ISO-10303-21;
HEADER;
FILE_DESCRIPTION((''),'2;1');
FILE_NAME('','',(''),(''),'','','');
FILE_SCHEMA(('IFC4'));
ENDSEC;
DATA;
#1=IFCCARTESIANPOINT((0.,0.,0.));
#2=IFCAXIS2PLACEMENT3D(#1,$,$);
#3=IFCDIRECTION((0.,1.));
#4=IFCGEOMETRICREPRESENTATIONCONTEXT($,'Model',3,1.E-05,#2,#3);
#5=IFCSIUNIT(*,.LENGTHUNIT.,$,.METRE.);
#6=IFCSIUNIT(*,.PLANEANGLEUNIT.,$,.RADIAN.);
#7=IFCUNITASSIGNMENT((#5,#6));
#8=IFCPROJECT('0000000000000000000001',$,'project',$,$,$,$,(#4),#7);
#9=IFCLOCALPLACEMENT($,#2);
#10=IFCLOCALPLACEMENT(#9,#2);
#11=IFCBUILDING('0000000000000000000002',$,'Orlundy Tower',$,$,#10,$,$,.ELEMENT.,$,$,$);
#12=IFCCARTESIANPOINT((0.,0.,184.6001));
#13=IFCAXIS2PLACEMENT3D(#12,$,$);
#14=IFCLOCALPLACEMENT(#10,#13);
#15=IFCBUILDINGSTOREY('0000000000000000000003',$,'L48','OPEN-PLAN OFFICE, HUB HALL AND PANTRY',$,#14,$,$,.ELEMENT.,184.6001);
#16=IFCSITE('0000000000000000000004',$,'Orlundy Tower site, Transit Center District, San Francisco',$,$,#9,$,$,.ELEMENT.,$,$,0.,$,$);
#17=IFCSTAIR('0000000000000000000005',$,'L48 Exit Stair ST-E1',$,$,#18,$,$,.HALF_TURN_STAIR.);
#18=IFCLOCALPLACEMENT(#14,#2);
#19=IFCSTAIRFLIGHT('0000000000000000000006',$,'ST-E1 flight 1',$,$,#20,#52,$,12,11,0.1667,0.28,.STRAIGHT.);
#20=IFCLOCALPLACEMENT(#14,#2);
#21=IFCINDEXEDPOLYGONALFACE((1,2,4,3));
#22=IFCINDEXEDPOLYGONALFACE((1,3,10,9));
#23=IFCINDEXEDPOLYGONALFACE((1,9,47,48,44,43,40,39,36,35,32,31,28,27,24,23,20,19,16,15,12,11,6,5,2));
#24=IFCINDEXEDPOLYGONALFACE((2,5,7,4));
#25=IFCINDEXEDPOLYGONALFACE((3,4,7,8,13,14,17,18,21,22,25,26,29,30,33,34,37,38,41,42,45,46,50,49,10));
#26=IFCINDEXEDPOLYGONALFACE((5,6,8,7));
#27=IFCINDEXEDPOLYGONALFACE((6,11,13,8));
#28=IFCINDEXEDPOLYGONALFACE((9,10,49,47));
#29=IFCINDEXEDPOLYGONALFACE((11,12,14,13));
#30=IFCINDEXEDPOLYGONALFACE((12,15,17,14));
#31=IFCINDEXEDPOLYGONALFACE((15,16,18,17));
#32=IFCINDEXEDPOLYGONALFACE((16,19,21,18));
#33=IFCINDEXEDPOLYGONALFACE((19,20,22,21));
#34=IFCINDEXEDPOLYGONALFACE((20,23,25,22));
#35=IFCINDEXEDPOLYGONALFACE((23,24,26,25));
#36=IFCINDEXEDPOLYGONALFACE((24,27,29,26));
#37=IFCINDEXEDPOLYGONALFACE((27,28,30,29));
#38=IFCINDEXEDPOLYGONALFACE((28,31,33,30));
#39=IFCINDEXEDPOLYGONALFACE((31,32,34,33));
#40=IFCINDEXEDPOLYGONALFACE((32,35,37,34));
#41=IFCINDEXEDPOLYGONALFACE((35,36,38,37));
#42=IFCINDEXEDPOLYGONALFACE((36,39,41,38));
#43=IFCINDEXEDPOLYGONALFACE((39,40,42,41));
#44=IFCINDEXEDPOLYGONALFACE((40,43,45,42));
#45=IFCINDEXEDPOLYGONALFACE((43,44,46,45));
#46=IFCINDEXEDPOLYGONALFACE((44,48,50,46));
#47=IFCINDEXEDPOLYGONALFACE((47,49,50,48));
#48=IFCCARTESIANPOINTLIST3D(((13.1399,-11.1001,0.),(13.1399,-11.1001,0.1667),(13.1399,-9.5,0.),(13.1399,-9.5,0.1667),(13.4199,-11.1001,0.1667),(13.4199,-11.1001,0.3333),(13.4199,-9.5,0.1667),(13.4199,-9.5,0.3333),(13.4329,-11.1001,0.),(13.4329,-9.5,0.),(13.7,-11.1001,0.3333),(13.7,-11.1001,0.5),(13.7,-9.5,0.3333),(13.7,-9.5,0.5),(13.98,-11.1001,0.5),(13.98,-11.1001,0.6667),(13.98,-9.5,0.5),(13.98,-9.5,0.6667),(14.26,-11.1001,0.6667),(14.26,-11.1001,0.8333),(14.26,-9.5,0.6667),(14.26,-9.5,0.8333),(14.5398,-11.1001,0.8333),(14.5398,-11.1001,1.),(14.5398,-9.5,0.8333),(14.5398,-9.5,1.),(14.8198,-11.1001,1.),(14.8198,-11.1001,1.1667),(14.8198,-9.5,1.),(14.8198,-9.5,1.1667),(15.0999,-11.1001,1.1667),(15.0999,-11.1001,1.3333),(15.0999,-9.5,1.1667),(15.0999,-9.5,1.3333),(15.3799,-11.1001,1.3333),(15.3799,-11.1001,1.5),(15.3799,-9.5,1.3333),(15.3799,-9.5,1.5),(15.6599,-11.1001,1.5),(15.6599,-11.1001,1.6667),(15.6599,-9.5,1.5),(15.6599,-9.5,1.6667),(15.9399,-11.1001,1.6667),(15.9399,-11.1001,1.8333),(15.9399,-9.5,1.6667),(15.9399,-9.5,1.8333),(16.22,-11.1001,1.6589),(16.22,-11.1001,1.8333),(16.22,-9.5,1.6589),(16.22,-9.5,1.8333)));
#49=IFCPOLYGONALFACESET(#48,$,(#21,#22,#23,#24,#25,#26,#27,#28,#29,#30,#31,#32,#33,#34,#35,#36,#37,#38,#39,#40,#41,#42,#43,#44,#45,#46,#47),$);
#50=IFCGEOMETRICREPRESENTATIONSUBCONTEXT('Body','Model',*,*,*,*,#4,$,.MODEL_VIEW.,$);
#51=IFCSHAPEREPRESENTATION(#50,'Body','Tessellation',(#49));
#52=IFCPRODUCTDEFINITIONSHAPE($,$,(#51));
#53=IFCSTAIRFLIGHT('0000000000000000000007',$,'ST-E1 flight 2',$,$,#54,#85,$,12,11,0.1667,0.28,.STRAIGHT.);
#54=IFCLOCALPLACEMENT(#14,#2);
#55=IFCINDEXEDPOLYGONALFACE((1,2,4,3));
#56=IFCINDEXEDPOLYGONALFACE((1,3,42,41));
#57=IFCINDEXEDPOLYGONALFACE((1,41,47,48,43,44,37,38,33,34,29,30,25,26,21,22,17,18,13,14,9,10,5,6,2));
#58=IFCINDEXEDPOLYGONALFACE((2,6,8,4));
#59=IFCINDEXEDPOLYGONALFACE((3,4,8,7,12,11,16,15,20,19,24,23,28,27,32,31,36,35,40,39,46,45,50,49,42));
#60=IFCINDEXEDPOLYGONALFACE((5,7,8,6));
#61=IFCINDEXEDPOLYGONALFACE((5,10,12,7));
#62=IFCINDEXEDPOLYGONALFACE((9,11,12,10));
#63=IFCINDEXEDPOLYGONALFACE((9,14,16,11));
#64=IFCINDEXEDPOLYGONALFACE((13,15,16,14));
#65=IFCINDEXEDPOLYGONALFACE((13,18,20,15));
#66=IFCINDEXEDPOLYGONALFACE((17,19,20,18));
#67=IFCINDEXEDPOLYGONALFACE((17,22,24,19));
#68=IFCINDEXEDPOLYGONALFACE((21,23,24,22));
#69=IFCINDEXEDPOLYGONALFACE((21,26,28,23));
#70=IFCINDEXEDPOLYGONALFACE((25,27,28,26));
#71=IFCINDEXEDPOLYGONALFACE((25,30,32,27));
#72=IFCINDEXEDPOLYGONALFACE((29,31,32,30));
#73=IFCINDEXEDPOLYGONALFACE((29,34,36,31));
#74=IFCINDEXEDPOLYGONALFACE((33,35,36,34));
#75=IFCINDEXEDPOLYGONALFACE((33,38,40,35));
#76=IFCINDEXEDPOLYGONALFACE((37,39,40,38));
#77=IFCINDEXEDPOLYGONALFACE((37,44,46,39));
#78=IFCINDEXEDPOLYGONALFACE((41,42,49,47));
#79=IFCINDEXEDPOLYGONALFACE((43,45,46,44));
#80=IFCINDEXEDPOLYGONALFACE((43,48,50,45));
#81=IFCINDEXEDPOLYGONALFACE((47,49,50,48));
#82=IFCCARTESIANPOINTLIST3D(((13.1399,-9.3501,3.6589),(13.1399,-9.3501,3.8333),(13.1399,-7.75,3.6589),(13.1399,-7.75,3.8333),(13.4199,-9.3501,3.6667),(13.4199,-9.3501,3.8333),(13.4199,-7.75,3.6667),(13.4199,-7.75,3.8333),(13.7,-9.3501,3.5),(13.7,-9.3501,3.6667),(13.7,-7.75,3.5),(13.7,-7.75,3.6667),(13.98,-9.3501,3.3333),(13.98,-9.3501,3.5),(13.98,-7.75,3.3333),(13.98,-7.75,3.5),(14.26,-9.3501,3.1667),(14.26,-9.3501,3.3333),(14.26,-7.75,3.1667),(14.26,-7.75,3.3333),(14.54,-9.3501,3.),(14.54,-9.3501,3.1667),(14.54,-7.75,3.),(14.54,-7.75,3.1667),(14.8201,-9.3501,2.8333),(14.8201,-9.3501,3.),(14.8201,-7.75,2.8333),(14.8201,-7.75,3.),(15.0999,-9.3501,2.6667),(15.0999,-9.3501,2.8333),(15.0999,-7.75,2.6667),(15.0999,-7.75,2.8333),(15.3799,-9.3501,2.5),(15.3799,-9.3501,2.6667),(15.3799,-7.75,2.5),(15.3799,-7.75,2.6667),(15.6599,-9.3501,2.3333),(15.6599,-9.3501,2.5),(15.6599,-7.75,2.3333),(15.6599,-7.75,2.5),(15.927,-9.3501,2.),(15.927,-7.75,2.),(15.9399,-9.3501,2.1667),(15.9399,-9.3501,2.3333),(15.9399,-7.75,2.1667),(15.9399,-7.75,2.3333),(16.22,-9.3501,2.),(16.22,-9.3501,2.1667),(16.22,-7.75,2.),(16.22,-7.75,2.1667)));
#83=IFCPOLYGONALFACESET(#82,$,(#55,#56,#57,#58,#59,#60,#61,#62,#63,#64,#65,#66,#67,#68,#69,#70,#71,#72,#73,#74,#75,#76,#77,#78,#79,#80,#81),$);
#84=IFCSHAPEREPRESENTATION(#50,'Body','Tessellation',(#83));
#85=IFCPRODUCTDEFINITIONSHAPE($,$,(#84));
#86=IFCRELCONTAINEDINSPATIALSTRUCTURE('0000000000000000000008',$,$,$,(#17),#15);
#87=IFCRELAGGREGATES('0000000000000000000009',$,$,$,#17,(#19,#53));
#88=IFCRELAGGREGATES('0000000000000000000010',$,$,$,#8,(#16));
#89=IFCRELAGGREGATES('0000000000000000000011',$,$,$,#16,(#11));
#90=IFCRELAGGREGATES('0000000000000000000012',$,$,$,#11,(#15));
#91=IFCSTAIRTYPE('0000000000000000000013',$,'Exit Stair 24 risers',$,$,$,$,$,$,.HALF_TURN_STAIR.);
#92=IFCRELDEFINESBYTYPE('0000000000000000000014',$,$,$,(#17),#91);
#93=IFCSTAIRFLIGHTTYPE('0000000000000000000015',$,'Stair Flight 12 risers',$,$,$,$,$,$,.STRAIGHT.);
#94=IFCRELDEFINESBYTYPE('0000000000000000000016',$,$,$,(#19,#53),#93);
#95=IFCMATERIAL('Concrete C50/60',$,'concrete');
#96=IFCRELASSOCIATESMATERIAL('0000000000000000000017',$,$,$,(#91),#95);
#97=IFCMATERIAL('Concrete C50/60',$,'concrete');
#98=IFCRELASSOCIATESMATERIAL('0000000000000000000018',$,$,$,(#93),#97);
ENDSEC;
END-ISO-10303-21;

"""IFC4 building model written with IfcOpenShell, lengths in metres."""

from ifc_helpers import new_model, si_unit, direction, frame, origin, place, context, subcontext, project, spatial, polyline, outline, extrude, material, type_object, element, aggregate, save


model = new_model("IFC4")

# Units and contexts
model_context = context("Model", 3, precision=1e-05, world=origin(), true_north=direction((0.0, 1.0)))
body_context = subcontext(model_context, "Body", "Model", "MODEL_VIEW")
ifc_project = project(units=[si_unit("LENGTHUNIT", "METRE"), si_unit("PLANEANGLEUNIT", "RADIAN")], contexts=[model_context])

# Site, building, storey
site_placement = place(None, origin())
site = spatial("IfcSite", under=ifc_project, at=site_placement, Name="Orlundy Tower site, Transit Center District, San Francisco", CompositionType="ELEMENT", RefElevation=0.0)
building_placement = place(site_placement, origin())
building = spatial("IfcBuilding", under=site, at=building_placement, Name="Orlundy Tower", CompositionType="ELEMENT")
storey_placement = place(building_placement, frame((0.0, 0.0, 184.6001)))
storey = spatial("IfcBuildingStorey", under=building, at=storey_placement, Name="L48", Description="OPEN-PLAN OFFICE, HUB HALL AND PANTRY", CompositionType="ELEMENT", Elevation=184.6001)

# Stair, stair flights
ifc_material_1 = material(Name="Concrete C50/60", Category="concrete")
stair_type = type_object("IfcStairType", Name="Exit Stair 24 risers", PredefinedType="HALF_TURN_STAIR", material=ifc_material_1)
stair_placement = place(storey_placement, origin())
stair = element("IfcStair", 1, at=stair_placement, inside=storey, type_object=stair_type, Name="L48 Exit Stair ST-E1", PredefinedType="HALF_TURN_STAIR")
ifc_material_2 = material(Name="Concrete C50/60", Category="concrete")
stair_flight_type = type_object("IfcStairFlightType", Name="Stair Flight 12 risers", PredefinedType="STRAIGHT", material=ifc_material_2)
stair_flight_1_placement = place(storey_placement, frame((13.1399, -10.3, 0.0), z_axis=(0.0, 0.0, 1.0), x_axis=(1.0, 0.0, 0.0)))
stair_flight_1 = element("IfcStairFlight", 2, at=stair_flight_1_placement, type_object=stair_flight_type, Name="ST-E1 flight 1", NumberOfRisers=12, NumberOfTreads=11, PredefinedType="STRAIGHT", RiserHeight=0.1667, TreadLength=0.28, context=body_context, shape_type="SweptSolid", body=[
    extrude(outline(polyline([(0.0, 0.0), (0.0, 0.1667), (0.28, 0.1667), (0.28, 0.3333), (0.5601, 0.3333), (0.5601, 0.5), (0.8401, 0.5), (0.8401, 0.6667), (1.1201, 0.6667), (1.1201, 0.8333), (1.3999, 0.8333), (1.3999, 1.0), (1.6799, 1.0), (1.6799, 1.1667), (1.96, 1.1667), (1.96, 1.3333), (2.24, 1.3333), (2.24, 1.5), (2.52, 1.5), (2.52, 1.6667), (2.8, 1.6667), (2.8, 1.8333), (3.0801, 1.8333), (3.0801, 2.0), (3.0801, 1.6589), (0.293, 0.0), (0.0, 0.0)])), frame((0.0, 0.8, 0.0), z_axis=(0.0, -1.0, 0.0), x_axis=(1.0, 0.0, 0.0)), (0.0, 0.0, 1.0), 1.6001),
])
stair_flight_2_placement = place(storey_placement, frame((16.22, -8.55, 2.0), z_axis=(0.0, 0.0, 1.0), x_axis=(-1.0, 0.0, 0.0)))
stair_flight_2 = element("IfcStairFlight", 3, at=stair_flight_2_placement, type_object=stair_flight_type, Name="ST-E1 flight 2", NumberOfRisers=12, NumberOfTreads=11, PredefinedType="STRAIGHT", RiserHeight=0.1667, TreadLength=0.28, context=body_context, shape_type="SweptSolid", body=[
    extrude(outline(polyline([(0.0, 0.0), (0.0, 0.1667), (0.28, 0.1667), (0.28, 0.3333), (0.5601, 0.3333), (0.5601, 0.5), (0.8401, 0.5), (0.8401, 0.6667), (1.1201, 0.6667), (1.1201, 0.8333), (1.3999, 0.8333), (1.3999, 1.0), (1.6799, 1.0), (1.6799, 1.1667), (1.96, 1.1667), (1.96, 1.3333), (2.24, 1.3333), (2.24, 1.5), (2.52, 1.5), (2.52, 1.6667), (2.8, 1.6667), (2.8, 1.8333), (3.0801, 1.8333), (3.0801, 2.0), (3.0801, 1.6589), (0.293, 0.0), (0.0, 0.0)])), frame((0.0, 0.8, 0.0), z_axis=(0.0, -1.0, 0.0), x_axis=(1.0, 0.0, 0.0)), (0.0, 0.0, 1.0), 1.6001),
])
aggregate(stair, [stair_flight_1, stair_flight_2])

save(model, "model.ifc")
